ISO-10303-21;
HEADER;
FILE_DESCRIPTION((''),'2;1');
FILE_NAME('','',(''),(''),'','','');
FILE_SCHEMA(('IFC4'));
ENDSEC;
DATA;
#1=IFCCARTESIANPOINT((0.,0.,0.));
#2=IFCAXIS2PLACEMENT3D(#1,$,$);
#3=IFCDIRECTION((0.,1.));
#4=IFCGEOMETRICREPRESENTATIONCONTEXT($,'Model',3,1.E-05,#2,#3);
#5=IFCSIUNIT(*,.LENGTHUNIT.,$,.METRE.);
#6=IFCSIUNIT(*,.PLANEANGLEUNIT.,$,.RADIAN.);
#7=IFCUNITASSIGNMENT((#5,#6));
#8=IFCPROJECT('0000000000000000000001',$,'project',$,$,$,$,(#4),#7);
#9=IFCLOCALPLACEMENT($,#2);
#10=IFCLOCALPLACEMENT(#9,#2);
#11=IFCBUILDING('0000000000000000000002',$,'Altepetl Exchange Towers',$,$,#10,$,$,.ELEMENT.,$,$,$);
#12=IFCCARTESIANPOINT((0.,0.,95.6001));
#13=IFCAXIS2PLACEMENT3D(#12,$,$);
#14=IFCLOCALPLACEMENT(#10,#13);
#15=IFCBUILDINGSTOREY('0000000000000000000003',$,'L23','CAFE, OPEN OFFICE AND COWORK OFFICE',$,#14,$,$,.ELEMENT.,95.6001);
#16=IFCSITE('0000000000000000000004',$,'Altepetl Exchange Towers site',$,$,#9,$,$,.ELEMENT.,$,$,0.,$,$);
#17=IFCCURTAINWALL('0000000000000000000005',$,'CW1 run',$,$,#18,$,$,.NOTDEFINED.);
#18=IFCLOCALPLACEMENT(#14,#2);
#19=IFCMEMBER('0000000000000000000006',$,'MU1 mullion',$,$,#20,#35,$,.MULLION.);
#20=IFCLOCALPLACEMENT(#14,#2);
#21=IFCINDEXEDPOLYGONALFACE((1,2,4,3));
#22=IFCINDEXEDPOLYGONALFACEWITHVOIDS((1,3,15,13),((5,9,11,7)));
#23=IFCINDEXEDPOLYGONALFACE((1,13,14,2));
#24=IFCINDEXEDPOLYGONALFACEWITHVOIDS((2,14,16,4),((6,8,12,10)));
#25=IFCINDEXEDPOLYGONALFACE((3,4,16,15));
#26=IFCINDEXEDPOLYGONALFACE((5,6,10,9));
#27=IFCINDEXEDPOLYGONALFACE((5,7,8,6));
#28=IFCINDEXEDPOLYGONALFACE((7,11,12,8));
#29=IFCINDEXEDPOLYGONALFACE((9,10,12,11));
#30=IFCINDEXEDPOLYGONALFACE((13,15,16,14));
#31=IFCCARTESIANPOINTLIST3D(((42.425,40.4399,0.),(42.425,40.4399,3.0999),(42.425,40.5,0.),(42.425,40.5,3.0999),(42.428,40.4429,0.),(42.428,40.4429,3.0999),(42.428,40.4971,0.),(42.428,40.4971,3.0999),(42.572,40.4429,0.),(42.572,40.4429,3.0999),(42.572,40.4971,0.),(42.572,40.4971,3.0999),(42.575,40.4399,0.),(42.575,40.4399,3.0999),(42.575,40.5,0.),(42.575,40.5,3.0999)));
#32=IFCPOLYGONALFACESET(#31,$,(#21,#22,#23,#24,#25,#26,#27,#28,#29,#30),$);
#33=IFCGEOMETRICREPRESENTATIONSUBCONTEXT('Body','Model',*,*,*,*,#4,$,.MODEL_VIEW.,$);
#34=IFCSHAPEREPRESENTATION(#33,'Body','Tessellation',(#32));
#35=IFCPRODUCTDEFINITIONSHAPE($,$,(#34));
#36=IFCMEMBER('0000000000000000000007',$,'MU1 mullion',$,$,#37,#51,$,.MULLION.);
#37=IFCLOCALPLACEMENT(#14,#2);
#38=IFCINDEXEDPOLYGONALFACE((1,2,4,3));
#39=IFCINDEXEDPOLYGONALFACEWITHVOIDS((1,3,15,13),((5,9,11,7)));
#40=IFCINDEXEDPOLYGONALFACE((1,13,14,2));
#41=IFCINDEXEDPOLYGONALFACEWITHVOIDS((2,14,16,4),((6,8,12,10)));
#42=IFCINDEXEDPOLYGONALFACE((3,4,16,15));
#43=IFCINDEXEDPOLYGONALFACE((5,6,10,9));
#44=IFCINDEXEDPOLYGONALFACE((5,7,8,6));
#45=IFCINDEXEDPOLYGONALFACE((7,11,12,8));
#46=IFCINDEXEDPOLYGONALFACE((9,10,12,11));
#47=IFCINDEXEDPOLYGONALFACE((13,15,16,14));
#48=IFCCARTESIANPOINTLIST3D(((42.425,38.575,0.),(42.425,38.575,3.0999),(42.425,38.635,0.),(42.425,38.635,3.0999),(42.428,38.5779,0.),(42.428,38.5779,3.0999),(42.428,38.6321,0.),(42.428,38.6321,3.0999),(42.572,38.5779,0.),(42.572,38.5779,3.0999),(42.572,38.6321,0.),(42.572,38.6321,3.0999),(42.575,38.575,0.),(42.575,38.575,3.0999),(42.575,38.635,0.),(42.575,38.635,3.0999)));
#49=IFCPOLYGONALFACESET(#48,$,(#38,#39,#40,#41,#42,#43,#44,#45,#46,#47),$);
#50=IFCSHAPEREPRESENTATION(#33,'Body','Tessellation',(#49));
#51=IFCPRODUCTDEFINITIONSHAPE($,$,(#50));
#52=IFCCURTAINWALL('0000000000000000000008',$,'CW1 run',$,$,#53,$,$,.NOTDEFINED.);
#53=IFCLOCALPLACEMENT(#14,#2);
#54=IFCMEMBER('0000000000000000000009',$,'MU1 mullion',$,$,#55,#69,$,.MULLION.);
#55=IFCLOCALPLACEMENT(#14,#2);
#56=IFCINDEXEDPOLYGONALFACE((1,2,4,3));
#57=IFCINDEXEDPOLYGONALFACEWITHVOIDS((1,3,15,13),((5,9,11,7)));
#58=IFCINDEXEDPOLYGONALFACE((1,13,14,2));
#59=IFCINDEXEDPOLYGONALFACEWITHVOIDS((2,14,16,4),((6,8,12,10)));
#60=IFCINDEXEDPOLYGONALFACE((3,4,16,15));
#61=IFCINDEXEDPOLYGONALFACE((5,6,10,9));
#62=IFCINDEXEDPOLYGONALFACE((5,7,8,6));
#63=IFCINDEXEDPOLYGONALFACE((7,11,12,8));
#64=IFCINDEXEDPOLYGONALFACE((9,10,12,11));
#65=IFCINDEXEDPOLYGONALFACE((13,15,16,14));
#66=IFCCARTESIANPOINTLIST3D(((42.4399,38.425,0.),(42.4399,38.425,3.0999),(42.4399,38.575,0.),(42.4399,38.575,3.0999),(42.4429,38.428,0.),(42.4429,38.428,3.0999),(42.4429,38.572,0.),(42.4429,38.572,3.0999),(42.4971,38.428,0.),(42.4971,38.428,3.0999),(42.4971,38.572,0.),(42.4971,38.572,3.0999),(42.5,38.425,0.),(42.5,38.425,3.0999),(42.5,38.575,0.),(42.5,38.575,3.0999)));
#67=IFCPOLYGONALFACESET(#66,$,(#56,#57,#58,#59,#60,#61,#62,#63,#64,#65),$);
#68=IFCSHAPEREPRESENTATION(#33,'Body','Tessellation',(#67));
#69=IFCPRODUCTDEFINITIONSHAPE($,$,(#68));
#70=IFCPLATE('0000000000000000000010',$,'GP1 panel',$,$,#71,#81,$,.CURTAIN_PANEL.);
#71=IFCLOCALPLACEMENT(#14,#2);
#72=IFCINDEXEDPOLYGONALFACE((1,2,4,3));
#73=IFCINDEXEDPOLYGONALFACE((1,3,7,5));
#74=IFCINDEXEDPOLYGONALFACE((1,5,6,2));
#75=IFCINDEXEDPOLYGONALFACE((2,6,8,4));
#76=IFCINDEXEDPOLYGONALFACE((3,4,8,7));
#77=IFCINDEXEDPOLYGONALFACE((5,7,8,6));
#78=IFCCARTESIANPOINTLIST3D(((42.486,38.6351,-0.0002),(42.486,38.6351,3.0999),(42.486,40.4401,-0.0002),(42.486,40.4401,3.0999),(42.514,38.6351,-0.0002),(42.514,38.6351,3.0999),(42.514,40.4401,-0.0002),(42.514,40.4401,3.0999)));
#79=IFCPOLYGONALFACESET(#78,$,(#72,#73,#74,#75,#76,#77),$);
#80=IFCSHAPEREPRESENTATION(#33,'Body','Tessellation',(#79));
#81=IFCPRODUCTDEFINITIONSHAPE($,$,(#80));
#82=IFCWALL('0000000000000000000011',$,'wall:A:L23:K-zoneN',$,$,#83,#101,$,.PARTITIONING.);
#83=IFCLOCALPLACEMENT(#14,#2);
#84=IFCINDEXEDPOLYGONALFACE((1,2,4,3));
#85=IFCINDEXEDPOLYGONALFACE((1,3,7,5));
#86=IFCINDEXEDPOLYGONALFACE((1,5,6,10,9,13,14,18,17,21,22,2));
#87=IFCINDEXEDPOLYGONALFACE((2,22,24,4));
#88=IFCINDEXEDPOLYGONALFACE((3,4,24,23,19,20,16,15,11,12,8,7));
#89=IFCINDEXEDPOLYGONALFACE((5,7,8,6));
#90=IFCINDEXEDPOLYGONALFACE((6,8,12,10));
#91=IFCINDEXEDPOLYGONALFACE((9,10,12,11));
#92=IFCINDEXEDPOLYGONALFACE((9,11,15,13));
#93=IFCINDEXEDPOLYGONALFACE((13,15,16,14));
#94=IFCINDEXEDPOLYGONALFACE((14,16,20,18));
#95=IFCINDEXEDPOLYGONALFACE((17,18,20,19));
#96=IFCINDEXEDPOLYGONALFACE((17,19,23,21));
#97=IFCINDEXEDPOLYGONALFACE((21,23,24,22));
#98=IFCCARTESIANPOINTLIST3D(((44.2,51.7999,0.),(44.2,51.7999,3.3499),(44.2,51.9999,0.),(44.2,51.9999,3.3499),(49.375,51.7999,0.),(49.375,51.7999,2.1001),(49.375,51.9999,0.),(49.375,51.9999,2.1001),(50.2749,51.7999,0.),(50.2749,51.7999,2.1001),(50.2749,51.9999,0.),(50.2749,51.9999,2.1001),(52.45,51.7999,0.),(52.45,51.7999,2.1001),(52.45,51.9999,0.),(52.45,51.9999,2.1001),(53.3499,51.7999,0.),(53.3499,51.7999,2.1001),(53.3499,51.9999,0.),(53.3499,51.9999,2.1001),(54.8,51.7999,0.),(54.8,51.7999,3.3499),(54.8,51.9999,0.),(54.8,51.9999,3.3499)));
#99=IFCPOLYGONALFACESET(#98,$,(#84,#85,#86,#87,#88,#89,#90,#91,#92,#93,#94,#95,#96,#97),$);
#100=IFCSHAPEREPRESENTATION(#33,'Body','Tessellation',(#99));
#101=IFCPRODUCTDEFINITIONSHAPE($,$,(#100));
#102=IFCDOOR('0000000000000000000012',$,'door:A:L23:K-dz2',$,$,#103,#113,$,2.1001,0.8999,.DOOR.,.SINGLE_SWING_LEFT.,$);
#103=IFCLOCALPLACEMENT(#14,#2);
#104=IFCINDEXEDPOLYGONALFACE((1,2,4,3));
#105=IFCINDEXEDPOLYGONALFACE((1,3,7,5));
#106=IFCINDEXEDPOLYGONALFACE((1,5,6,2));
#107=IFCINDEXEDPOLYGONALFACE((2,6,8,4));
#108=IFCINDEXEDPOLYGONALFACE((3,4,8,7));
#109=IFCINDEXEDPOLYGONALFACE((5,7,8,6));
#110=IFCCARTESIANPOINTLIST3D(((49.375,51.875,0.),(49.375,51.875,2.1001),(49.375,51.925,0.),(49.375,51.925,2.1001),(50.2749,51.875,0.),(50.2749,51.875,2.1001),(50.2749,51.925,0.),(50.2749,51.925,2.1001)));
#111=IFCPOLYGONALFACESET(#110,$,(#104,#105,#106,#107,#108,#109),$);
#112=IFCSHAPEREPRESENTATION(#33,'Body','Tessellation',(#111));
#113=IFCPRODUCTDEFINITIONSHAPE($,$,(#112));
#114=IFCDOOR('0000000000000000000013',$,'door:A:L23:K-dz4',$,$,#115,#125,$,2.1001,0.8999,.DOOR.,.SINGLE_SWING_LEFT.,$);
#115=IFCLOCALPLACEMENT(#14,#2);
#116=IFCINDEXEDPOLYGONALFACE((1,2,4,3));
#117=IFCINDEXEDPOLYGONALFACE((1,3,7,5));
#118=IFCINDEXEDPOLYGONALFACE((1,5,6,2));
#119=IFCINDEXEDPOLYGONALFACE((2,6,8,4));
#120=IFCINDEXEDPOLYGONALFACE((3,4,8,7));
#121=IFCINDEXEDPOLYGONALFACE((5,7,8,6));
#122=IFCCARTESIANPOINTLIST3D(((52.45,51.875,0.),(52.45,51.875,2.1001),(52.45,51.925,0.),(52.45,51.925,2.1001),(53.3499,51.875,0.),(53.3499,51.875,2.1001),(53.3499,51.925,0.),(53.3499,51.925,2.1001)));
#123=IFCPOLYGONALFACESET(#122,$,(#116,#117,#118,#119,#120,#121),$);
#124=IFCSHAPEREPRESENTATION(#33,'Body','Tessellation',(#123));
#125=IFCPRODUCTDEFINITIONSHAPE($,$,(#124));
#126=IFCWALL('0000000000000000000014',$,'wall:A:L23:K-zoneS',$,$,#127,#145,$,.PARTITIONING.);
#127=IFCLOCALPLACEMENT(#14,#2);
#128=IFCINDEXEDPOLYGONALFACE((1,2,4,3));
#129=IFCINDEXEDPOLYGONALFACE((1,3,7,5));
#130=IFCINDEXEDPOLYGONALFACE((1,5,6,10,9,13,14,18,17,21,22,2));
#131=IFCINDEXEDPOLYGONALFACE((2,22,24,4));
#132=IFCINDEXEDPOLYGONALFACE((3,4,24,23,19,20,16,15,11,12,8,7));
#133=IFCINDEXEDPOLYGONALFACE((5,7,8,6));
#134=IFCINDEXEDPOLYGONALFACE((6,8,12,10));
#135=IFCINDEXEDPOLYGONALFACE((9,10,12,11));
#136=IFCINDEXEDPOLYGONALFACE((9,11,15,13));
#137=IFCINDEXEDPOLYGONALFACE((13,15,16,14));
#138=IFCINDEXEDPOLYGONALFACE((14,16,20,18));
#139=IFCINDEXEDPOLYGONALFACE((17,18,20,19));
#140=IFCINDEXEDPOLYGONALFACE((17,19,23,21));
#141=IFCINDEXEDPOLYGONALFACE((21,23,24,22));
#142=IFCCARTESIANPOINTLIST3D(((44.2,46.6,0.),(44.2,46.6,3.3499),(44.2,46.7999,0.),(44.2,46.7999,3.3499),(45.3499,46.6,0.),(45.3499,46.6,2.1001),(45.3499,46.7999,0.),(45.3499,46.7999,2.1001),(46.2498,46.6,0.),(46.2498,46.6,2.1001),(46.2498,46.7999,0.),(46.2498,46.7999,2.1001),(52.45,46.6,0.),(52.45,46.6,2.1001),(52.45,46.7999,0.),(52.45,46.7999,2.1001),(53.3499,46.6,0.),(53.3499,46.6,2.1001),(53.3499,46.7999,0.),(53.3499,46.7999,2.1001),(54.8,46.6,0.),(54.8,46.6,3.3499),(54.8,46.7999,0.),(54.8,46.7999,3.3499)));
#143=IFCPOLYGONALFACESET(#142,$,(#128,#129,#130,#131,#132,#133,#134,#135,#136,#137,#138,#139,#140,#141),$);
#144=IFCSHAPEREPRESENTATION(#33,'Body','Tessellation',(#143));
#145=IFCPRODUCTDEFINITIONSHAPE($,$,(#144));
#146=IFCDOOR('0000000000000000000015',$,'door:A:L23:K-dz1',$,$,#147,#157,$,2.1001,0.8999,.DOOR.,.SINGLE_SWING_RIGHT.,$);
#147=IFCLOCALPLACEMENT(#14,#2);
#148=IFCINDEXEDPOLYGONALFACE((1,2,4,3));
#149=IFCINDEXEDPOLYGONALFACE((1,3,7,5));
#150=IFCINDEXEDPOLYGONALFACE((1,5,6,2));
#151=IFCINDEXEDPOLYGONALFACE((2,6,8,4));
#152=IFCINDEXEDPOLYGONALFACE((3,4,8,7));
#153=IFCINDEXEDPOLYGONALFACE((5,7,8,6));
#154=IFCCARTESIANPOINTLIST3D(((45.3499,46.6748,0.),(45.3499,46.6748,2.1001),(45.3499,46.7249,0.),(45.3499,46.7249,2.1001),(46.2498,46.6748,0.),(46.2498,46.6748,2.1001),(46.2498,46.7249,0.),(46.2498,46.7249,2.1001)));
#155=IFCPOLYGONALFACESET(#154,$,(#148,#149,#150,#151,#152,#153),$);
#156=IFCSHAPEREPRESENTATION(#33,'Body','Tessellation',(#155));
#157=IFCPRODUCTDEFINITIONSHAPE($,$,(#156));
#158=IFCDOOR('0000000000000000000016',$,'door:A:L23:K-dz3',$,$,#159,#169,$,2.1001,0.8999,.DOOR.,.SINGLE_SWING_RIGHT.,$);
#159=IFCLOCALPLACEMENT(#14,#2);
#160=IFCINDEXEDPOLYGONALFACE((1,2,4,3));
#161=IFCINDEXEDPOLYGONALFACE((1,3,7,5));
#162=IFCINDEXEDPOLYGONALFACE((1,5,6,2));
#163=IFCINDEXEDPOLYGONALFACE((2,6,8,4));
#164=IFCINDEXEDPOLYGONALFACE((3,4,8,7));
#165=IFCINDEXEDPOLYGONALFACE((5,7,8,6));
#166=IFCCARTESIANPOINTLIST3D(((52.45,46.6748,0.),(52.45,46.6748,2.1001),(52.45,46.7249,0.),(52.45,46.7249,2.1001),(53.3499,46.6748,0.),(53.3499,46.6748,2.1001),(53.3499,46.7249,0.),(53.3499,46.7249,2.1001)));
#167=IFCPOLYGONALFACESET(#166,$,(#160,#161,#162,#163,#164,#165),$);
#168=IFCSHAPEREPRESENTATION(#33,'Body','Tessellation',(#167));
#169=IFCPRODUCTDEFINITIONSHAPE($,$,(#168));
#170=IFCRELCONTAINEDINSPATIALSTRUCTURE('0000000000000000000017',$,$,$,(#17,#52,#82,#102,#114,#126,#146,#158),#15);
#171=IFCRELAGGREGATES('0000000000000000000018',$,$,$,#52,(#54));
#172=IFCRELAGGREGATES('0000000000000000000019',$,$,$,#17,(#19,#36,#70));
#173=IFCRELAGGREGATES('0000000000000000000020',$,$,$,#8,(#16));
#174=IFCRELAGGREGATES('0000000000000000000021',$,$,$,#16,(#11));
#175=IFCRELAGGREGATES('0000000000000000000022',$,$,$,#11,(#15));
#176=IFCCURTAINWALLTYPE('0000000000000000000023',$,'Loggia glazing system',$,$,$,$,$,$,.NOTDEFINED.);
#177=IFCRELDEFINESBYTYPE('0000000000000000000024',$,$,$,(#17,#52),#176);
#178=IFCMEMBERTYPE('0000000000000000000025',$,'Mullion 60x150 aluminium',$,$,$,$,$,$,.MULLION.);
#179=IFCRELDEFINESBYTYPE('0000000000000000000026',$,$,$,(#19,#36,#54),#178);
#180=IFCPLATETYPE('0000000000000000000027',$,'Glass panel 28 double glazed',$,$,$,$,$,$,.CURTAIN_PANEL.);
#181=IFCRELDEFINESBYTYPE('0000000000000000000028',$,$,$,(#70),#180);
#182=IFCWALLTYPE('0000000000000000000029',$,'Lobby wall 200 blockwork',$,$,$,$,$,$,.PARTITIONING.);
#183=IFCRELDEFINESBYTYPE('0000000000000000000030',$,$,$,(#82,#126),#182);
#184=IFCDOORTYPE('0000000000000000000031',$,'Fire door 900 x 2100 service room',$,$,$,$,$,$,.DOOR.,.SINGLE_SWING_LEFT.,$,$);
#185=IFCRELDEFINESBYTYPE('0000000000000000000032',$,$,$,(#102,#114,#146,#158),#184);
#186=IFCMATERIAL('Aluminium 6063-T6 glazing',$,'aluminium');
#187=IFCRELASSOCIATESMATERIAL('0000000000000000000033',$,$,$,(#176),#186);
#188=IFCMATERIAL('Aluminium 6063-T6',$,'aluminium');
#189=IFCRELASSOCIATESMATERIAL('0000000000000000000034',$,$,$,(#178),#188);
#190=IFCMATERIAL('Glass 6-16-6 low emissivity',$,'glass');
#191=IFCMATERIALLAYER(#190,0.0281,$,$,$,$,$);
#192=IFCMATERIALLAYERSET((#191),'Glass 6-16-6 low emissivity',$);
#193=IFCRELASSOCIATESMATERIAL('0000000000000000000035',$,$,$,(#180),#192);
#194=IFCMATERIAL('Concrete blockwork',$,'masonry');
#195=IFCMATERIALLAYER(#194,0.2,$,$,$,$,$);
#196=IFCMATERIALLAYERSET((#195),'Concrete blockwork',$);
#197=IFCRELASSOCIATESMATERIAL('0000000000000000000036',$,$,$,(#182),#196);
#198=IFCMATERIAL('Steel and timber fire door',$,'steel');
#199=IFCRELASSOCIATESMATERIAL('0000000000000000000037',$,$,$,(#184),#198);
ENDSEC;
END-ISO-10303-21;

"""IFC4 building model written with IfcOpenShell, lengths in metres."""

from ifc_helpers import new_model, si_unit, direction, frame, frame_2d, origin, origin_2d, place, context, subcontext, project, spatial, rectangle, hollow_rectangle, extrude, material, layer, layer_set, material_profile, profile_set, type_object, element, fill, aggregate, save


model = new_model("IFC4")

# Units and contexts
model_context = context("Model", 3, precision=1e-05, world=origin(), true_north=direction((0.0, 1.0)))
body_context = subcontext(model_context, "Body", "Model", "MODEL_VIEW")
ifc_project = project(units=[si_unit("LENGTHUNIT", "METRE"), si_unit("PLANEANGLEUNIT", "RADIAN")], contexts=[model_context])

# Site, building, storey
site_placement = place(None, origin())
site = spatial("IfcSite", under=ifc_project, at=site_placement, Name="Altepetl Exchange Towers site", CompositionType="ELEMENT", RefElevation=0.0)
building_placement = place(site_placement, origin())
building = spatial("IfcBuilding", under=site, at=building_placement, Name="Altepetl Exchange Towers", CompositionType="ELEMENT")
storey_placement = place(building_placement, frame((0.0, 0.0, 95.6001)))
storey = spatial("IfcBuildingStorey", under=building, at=storey_placement, Name="L23", Description="CAFE, OPEN OFFICE AND COWORK OFFICE", CompositionType="ELEMENT", Elevation=95.6001)

# Curtain wall, members
ifc_material_1 = material(Name="Aluminium 6063-T6 glazing", Category="aluminium")
curtain_wall_type = type_object("IfcCurtainWallType", Name="Loggia glazing system", PredefinedType="NOTDEFINED", material=ifc_material_1)
curtain_wall_1_placement = place(storey_placement, origin())
curtain_wall_1 = element("IfcCurtainWall", 1, at=curtain_wall_1_placement, inside=storey, type_object=curtain_wall_type, Name="CW1 run", PredefinedType="NOTDEFINED")
ifc_material_2 = material(Name="Aluminium 6063-T6", Category="aluminium")
ifc_material_profile = material_profile(ifc_material_2, hollow_rectangle(XDim=0.0601, YDim=0.1499, WallThickness=0.0029, at=origin_2d()), Name="Mullion 60x150 aluminium")
ifc_profile_set = profile_set([ifc_material_profile], Name="Aluminium 6063-T6")
member_type = type_object("IfcMemberType", Name="Mullion 60x150 aluminium", PredefinedType="MULLION", material=ifc_profile_set)
member_1_placement = place(storey_placement, frame((42.5, 40.47, 0.0), z_axis=(0.0, 0.0, 1.0), x_axis=(0.0, -1.0, 0.0)))
member_1 = element("IfcMember", 2, at=member_1_placement, type_object=member_type, Name="MU1 mullion", PredefinedType="MULLION", context=body_context, shape_type="SweptSolid", body=[
    extrude(hollow_rectangle(XDim=0.0601, YDim=0.1499, WallThickness=0.0029, at=origin_2d()), origin(), (0.0, 0.0, 1.0), 3.0999),
])
member_2_placement = place(storey_placement, frame((42.5, 38.605, 0.0), z_axis=(0.0, 0.0, 1.0), x_axis=(0.0, -1.0, 0.0)))
member_2 = element("IfcMember", 3, at=member_2_placement, type_object=member_type, Name="MU1 mullion", PredefinedType="MULLION", context=body_context, shape_type="SweptSolid", body=[
    extrude(hollow_rectangle(XDim=0.0601, YDim=0.1499, WallThickness=0.0029, at=origin_2d()), origin(), (0.0, 0.0, 1.0), 3.0999),
])

# Curtain wall, member
curtain_wall_2_placement = place(storey_placement, origin())
curtain_wall_2 = element("IfcCurtainWall", 4, at=curtain_wall_2_placement, inside=storey, type_object=curtain_wall_type, Name="CW1 run", PredefinedType="NOTDEFINED")
member_3_placement = place(storey_placement, frame((42.47, 38.5, 0.0), z_axis=(0.0, 0.0, 1.0), x_axis=(-1.0, 0.0, 0.0)))
member_3 = element("IfcMember", 5, at=member_3_placement, type_object=member_type, Name="MU1 mullion", PredefinedType="MULLION", context=body_context, shape_type="SweptSolid", body=[
    extrude(hollow_rectangle(XDim=0.0601, YDim=0.1499, WallThickness=0.0029, at=origin_2d()), origin(), (0.0, 0.0, 1.0), 3.0999),
])
aggregate(curtain_wall_2, [member_3])

# Plate
ifc_material_3 = material(Name="Glass 6-16-6 low emissivity", Category="glass")
ifc_layer_1 = layer(ifc_material_3, 0.0281)
ifc_layer_set_1 = layer_set([ifc_layer_1], Name="Glass 6-16-6 low emissivity")
plate_type = type_object("IfcPlateType", Name="Glass panel 28 double glazed", PredefinedType="CURTAIN_PANEL", material=ifc_layer_set_1)
plate_placement = place(storey_placement, frame((42.5, 39.5376, -0.0002), z_axis=(0.0, 0.0, 1.0), x_axis=(0.0, -1.0, 0.0)))
plate = element("IfcPlate", 6, at=plate_placement, type_object=plate_type, Name="GP1 panel", PredefinedType="CURTAIN_PANEL", context=body_context, shape_type="SweptSolid", body=[
    extrude(rectangle(XDim=1.8049, YDim=0.0281, at=origin_2d()), origin(), (0.0, 0.0, 1.0), 3.1001),
])
aggregate(curtain_wall_1, [member_1, member_2, plate])

# Walls, openings, doors
ifc_material_4 = material(Name="Concrete blockwork", Category="masonry")
ifc_layer_2 = layer(ifc_material_4, 0.2)
ifc_layer_set_2 = layer_set([ifc_layer_2], Name="Concrete blockwork")
wall_type_1 = type_object("IfcWallType", Name="Lobby wall 200 blockwork", PredefinedType="PARTITIONING", material=ifc_layer_set_2)
wall_1_placement = place(storey_placement, frame((44.2, 51.8999, 0.0)))
wall_1 = element("IfcWall", 7, at=wall_1_placement, inside=storey, type_object=wall_type_1, Name="wall:A:L23:K-zoneN", PredefinedType="PARTITIONING", context=body_context, shape_type="SweptSolid", body=[
    extrude(rectangle(XDim=10.6001, YDim=0.2, at=frame_2d((5.3, 0.0))), origin(), (0.0, 0.0, 1.0), 3.3499),
])
opening_1_placement = place(wall_1_placement, frame((5.175, 0.0, 0.0)))
opening_1 = element("IfcOpeningElement", 8, at=opening_1_placement, cuts=wall_1, PredefinedType="OPENING", context=body_context, shape_type="SweptSolid", body=[
    extrude(rectangle(XDim=0.8999, YDim=2.1001, at=frame_2d((0.45, 1.05))), frame((0.0, 0.1099, 0.0), z_axis=(0.0, -1.0, 0.0), x_axis=(1.0, 0.0, 0.0)), (0.0, 0.0, 1.0), 0.22),
])
opening_2_placement = place(wall_1_placement, frame((8.25, 0.0, 0.0)))
opening_2 = element("IfcOpeningElement", 9, at=opening_2_placement, cuts=wall_1, PredefinedType="OPENING", context=body_context, shape_type="SweptSolid", body=[
    extrude(rectangle(XDim=0.8999, YDim=2.1001, at=frame_2d((0.45, 1.05))), frame((0.0, 0.1099, 0.0), z_axis=(0.0, -1.0, 0.0), x_axis=(1.0, 0.0, 0.0)), (0.0, 0.0, 1.0), 0.22),
])
ifc_material_5 = material(Name="Steel and timber fire door", Category="steel")
door_type = type_object("IfcDoorType", Name="Fire door 900 x 2100 service room", OperationType="SINGLE_SWING_LEFT", PredefinedType="DOOR", material=ifc_material_5)
door_1_placement = place(opening_1_placement, frame((0.8999, 0.0, 0.0), x_axis=(-1.0, 0.0, 0.0)))
door_1 = element("IfcDoor", 10, at=door_1_placement, inside=storey, type_object=door_type, Name="door:A:L23:K-dz2", OperationType="SINGLE_SWING_LEFT", OverallHeight=2.1001, OverallWidth=0.8999, PredefinedType="DOOR", context=body_context, shape_type="SweptSolid", body=[
    extrude(rectangle(XDim=0.8999, YDim=2.1001, at=frame_2d((0.45, 1.05))), frame((0.0, 0.0249, 0.0), z_axis=(0.0, -1.0, 0.0), x_axis=(1.0, 0.0, 0.0)), (0.0, 0.0, 1.0), 0.05),
])
fill(opening_1, door_1)
door_2_placement = place(opening_2_placement, frame((0.8999, 0.0, 0.0), x_axis=(-1.0, 0.0, 0.0)))
door_2 = element("IfcDoor", 11, at=door_2_placement, inside=storey, type_object=door_type, Name="door:A:L23:K-dz4", OperationType="SINGLE_SWING_LEFT", OverallHeight=2.1001, OverallWidth=0.8999, PredefinedType="DOOR", context=body_context, shape_type="SweptSolid", body=[
    extrude(rectangle(XDim=0.8999, YDim=2.1001, at=frame_2d((0.45, 1.05))), frame((0.0, 0.0249, 0.0), z_axis=(0.0, -1.0, 0.0), x_axis=(1.0, 0.0, 0.0)), (0.0, 0.0, 1.0), 0.05),
])
fill(opening_2, door_2)
wall_2_placement = place(storey_placement, frame((44.2, 46.7, 0.0)))
wall_2 = element("IfcWall", 12, at=wall_2_placement, inside=storey, type_object=wall_type_1, Name="wall:A:L23:K-zoneS", PredefinedType="PARTITIONING", context=body_context, shape_type="SweptSolid", body=[
    extrude(rectangle(XDim=10.6001, YDim=0.2, at=frame_2d((5.3, 0.0))), origin(), (0.0, 0.0, 1.0), 3.3499),
])
opening_3_placement = place(wall_2_placement, frame((1.1499, 0.0, 0.0)))
opening_3 = element("IfcOpeningElement", 13, at=opening_3_placement, cuts=wall_2, PredefinedType="OPENING", context=body_context, shape_type="SweptSolid", body=[
    extrude(rectangle(XDim=0.8999, YDim=2.1001, at=frame_2d((0.45, 1.05))), frame((0.0, 0.1099, 0.0), z_axis=(0.0, -1.0, 0.0), x_axis=(1.0, 0.0, 0.0)), (0.0, 0.0, 1.0), 0.22),
])
opening_4_placement = place(wall_2_placement, frame((8.25, 0.0, 0.0)))
opening_4 = element("IfcOpeningElement", 14, at=opening_4_placement, cuts=wall_2, PredefinedType="OPENING", context=body_context, shape_type="SweptSolid", body=[
    extrude(rectangle(XDim=0.8999, YDim=2.1001, at=frame_2d((0.45, 1.05))), frame((0.0, 0.1099, 0.0), z_axis=(0.0, -1.0, 0.0), x_axis=(1.0, 0.0, 0.0)), (0.0, 0.0, 1.0), 0.22),
])
door_3_placement = place(opening_3_placement, origin())
door_3 = element("IfcDoor", 15, at=door_3_placement, inside=storey, type_object=door_type, Name="door:A:L23:K-dz1", OperationType="SINGLE_SWING_RIGHT", OverallHeight=2.1001, OverallWidth=0.8999, PredefinedType="DOOR", context=body_context, shape_type="SweptSolid", body=[
    extrude(rectangle(XDim=0.8999, YDim=2.1001, at=frame_2d((0.45, 1.05))), frame((0.0, 0.0249, 0.0), z_axis=(0.0, -1.0, 0.0), x_axis=(1.0, 0.0, 0.0)), (0.0, 0.0, 1.0), 0.05),
])
fill(opening_3, door_3)
door_4_placement = place(opening_4_placement, origin())
door_4 = element("IfcDoor", 16, at=door_4_placement, inside=storey, type_object=door_type, Name="door:A:L23:K-dz3", OperationType="SINGLE_SWING_RIGHT", OverallHeight=2.1001, OverallWidth=0.8999, PredefinedType="DOOR", context=body_context, shape_type="SweptSolid", body=[
    extrude(rectangle(XDim=0.8999, YDim=2.1001, at=frame_2d((0.45, 1.05))), frame((0.0, 0.0249, 0.0), z_axis=(0.0, -1.0, 0.0), x_axis=(1.0, 0.0, 0.0)), (0.0, 0.0, 1.0), 0.05),
])
fill(opening_4, door_4)

save(model, "model.ifc")
